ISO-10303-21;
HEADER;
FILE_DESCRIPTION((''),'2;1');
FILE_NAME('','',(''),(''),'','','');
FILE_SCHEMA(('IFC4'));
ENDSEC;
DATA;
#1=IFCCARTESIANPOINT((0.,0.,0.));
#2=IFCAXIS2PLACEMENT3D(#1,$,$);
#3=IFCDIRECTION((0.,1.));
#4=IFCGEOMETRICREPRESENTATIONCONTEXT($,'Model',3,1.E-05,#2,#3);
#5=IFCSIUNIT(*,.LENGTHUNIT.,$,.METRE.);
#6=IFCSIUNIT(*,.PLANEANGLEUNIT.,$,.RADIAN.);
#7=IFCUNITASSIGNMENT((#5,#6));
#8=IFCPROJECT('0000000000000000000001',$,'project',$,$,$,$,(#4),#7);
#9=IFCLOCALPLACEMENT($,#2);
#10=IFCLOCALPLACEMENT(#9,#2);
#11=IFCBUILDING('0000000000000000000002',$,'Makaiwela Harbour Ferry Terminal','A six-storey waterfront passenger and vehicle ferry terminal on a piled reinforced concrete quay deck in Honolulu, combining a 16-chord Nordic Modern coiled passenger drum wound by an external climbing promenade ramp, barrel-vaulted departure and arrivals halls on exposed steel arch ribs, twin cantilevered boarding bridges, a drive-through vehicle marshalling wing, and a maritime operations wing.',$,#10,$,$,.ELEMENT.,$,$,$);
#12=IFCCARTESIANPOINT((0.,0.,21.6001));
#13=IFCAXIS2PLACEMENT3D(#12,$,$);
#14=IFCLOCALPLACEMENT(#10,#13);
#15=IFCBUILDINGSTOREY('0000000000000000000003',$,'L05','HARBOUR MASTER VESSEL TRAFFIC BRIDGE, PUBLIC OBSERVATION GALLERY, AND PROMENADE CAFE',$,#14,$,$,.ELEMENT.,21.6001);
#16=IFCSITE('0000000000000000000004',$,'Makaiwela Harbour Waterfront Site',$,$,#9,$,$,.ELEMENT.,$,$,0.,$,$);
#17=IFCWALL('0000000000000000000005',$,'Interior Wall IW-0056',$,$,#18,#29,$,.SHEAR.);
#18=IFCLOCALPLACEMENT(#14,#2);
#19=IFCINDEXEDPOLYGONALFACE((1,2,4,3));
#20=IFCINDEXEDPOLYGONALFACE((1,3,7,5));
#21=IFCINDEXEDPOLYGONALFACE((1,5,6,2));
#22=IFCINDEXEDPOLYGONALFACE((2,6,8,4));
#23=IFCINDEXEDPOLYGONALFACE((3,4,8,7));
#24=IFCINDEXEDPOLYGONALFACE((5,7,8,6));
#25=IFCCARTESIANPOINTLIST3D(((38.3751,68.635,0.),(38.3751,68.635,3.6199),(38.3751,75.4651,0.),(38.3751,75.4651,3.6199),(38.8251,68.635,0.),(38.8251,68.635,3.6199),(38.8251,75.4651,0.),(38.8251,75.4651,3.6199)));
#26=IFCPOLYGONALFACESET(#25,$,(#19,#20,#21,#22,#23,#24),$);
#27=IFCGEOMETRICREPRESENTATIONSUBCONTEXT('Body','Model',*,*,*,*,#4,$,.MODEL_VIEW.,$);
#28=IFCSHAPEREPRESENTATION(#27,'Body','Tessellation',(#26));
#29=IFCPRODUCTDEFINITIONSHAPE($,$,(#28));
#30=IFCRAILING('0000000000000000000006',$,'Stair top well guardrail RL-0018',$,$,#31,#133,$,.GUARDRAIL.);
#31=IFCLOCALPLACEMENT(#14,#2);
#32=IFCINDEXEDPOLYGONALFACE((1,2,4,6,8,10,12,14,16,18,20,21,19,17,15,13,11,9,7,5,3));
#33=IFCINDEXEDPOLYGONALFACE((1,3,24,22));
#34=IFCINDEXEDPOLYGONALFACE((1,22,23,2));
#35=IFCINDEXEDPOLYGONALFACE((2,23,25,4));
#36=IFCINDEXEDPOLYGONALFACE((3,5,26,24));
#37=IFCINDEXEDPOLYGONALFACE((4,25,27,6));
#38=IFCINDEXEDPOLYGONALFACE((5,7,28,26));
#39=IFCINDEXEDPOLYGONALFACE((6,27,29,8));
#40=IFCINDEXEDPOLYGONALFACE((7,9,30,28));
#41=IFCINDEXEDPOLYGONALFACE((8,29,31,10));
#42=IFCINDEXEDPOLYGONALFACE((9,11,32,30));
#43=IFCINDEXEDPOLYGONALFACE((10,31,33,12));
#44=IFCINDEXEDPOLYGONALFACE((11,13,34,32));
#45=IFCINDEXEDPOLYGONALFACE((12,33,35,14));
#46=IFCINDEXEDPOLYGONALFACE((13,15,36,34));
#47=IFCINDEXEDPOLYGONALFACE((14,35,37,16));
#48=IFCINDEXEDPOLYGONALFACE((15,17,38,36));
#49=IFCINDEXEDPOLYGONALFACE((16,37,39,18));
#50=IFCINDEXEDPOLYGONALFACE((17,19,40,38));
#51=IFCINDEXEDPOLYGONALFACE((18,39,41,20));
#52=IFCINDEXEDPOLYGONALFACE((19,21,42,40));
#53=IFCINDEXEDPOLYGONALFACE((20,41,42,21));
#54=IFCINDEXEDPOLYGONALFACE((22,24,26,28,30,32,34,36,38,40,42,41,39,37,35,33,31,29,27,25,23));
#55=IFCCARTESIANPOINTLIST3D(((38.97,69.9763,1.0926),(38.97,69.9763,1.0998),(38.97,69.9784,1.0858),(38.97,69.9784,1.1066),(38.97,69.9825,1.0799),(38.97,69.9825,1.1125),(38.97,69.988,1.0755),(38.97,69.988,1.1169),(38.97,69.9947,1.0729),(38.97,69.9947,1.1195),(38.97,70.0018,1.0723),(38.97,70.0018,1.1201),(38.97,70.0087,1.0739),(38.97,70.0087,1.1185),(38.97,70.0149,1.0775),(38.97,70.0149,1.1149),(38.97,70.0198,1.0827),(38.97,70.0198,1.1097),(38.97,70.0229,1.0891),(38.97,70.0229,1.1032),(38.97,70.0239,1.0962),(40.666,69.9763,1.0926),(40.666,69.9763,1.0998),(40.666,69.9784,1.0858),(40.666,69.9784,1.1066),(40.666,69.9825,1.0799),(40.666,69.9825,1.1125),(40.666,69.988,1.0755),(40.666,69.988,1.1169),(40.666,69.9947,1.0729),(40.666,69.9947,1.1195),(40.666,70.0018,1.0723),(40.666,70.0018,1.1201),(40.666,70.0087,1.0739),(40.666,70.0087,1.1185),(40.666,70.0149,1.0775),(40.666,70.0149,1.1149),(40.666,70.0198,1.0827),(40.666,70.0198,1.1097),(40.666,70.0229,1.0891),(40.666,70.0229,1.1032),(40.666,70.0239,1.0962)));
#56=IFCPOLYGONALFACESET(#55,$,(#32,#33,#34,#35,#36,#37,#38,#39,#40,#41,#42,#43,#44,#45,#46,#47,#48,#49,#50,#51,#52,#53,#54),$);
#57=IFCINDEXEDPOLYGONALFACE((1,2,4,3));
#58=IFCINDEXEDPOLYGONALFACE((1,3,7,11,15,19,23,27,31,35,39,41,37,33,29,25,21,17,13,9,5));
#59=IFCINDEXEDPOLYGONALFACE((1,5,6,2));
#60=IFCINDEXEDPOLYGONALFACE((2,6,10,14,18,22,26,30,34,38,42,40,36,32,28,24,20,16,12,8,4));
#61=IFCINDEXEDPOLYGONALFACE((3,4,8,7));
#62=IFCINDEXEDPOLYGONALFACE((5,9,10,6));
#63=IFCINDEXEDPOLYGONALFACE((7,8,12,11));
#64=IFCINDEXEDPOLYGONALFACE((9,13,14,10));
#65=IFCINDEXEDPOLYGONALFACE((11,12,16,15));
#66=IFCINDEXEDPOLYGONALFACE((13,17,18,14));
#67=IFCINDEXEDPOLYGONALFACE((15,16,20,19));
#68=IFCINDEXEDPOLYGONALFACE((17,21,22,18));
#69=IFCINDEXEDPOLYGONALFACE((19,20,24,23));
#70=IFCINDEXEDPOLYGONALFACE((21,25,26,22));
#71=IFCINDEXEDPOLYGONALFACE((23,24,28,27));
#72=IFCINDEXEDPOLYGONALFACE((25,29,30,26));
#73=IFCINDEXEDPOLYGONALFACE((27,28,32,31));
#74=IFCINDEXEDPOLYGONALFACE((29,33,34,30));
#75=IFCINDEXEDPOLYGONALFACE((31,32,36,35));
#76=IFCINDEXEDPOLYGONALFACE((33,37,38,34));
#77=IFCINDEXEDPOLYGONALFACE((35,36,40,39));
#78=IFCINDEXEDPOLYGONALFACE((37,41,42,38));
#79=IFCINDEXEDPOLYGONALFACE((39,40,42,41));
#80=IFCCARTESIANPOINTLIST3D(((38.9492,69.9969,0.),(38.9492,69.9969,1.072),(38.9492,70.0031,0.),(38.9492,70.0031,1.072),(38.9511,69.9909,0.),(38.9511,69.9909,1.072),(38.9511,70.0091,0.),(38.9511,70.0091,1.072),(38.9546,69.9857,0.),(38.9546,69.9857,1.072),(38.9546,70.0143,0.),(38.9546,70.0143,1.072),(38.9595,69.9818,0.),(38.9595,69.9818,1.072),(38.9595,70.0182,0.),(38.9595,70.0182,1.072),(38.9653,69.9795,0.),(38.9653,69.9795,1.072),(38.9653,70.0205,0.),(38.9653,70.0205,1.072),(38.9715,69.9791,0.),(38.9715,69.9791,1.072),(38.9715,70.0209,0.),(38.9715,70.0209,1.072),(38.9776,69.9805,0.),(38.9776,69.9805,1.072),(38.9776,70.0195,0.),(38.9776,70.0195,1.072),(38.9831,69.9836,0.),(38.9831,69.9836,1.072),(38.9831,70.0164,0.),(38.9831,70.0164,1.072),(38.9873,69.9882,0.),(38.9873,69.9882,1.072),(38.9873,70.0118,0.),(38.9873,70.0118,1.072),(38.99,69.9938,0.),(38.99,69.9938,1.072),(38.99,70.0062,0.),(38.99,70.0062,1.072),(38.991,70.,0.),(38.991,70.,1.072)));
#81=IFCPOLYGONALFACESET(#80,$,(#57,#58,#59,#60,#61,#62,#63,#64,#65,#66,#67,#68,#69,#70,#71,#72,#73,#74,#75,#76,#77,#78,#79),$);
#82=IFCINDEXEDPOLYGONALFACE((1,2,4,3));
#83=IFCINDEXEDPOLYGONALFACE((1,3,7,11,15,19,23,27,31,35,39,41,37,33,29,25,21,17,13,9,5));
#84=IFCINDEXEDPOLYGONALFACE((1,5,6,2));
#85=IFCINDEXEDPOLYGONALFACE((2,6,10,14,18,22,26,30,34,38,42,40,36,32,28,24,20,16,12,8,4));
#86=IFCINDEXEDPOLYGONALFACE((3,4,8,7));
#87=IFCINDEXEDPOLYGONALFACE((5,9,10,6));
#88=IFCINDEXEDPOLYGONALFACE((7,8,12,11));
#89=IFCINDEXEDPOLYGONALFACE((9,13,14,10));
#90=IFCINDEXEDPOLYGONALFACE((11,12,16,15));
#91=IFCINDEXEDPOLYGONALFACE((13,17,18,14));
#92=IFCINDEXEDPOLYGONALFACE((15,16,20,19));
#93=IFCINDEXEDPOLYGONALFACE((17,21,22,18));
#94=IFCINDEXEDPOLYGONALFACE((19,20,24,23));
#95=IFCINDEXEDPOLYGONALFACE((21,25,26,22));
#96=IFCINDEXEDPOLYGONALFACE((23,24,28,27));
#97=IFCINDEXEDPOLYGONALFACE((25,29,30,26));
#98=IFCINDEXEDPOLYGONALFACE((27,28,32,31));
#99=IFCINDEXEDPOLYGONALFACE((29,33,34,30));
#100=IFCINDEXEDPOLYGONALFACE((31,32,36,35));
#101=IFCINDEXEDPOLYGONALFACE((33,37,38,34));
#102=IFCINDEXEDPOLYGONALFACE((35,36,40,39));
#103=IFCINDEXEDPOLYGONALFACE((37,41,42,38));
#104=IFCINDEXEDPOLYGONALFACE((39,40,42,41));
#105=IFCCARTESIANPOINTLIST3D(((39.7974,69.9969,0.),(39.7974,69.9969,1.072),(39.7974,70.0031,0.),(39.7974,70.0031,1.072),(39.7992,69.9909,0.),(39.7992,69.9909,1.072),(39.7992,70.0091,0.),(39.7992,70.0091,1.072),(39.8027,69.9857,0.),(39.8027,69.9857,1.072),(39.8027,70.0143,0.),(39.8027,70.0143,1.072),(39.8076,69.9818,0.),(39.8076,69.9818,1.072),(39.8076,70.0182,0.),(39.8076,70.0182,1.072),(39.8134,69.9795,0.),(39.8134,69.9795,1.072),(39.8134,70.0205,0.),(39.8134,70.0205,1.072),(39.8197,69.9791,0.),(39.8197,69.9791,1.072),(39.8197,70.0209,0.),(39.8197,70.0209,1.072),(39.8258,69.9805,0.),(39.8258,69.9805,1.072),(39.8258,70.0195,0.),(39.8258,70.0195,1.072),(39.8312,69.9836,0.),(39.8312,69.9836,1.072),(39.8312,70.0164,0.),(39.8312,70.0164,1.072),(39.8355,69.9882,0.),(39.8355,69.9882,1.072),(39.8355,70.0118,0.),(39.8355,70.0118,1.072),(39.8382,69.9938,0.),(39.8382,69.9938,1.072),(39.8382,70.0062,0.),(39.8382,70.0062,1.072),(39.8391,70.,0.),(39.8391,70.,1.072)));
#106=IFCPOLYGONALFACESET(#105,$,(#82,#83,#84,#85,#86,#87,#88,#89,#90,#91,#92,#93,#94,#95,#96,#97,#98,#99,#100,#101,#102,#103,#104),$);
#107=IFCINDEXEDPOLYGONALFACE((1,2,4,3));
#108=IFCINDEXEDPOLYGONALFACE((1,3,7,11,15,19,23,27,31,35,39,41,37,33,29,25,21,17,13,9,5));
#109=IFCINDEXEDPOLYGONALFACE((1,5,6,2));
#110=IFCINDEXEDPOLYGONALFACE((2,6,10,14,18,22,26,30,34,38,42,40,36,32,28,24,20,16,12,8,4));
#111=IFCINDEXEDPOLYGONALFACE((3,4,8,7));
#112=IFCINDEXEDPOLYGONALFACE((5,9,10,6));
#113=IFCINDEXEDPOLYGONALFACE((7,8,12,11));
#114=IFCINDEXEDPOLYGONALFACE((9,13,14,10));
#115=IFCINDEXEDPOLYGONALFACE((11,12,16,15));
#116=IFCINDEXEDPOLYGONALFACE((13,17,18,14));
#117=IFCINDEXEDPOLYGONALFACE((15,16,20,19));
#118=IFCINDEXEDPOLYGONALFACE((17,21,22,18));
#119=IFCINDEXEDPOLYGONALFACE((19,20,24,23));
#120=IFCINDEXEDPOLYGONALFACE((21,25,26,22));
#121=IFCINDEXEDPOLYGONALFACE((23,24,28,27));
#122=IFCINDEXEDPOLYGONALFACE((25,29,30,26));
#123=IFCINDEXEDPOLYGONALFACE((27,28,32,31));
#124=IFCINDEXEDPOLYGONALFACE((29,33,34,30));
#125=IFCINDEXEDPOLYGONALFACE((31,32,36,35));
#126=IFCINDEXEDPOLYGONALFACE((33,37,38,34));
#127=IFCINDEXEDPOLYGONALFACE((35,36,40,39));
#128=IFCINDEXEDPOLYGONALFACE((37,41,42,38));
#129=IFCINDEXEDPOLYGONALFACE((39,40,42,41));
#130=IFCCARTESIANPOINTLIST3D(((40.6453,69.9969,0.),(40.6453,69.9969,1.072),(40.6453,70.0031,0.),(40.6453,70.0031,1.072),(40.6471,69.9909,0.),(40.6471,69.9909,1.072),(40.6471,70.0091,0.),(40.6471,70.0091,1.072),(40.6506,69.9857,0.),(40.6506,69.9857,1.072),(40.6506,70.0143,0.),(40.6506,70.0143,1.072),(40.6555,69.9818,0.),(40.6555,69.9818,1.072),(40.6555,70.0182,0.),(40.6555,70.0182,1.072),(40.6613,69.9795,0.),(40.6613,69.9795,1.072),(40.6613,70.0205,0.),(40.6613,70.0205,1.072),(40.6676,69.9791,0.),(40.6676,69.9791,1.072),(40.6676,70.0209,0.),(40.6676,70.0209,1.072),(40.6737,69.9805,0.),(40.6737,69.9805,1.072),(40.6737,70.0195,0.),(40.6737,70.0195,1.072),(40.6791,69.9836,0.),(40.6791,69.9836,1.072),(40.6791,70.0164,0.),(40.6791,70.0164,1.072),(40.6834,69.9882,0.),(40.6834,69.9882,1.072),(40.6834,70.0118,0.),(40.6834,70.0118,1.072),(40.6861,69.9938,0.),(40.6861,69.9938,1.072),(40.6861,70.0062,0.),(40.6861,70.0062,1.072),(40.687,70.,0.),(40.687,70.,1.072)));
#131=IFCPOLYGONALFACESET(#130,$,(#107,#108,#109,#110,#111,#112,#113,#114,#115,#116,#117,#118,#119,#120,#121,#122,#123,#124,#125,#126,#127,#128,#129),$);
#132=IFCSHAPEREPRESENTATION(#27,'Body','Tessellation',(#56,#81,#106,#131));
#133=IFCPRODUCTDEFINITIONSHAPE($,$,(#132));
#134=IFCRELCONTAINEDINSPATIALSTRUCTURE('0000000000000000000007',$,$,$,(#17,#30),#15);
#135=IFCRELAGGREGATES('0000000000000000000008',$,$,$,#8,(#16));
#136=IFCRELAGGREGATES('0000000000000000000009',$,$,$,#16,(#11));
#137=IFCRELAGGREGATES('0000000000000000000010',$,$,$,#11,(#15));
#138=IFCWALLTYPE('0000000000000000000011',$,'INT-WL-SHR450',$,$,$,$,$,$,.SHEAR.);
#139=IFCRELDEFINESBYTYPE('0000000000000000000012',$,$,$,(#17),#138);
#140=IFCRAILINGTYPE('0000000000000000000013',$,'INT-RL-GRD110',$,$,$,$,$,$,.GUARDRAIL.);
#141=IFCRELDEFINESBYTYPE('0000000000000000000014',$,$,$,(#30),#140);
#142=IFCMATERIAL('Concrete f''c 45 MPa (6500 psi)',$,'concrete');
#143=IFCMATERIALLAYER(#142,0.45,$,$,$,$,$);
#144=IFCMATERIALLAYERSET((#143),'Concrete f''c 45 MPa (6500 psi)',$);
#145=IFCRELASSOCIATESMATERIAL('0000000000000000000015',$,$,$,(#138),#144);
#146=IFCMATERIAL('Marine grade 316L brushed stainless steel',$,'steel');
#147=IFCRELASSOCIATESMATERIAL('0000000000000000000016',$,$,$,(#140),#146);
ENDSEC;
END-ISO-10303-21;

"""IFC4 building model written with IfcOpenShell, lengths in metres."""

from ifc_helpers import new_model, si_unit, direction, frame, frame_2d, origin, origin_2d, place, context, subcontext, project, spatial, rectangle, circle, extrude, material, layer, layer_set, type_object, element, save


model = new_model("IFC4")

# Units and contexts
model_context = context("Model", 3, precision=1e-05, world=origin(), true_north=direction((0.0, 1.0)))
body_context = subcontext(model_context, "Body", "Model", "MODEL_VIEW")
ifc_project = project(units=[si_unit("LENGTHUNIT", "METRE"), si_unit("PLANEANGLEUNIT", "RADIAN")], contexts=[model_context])

# Site, building, storey
site_placement = place(None, origin())
site = spatial("IfcSite", under=ifc_project, at=site_placement, Name="Makaiwela Harbour Waterfront Site", CompositionType="ELEMENT", RefElevation=0.0)
building_placement = place(site_placement, origin())
building = spatial("IfcBuilding", under=site, at=building_placement, Name="Makaiwela Harbour Ferry Terminal", Description="A six-storey waterfront passenger and vehicle ferry terminal on a piled reinforced concrete quay deck in Honolulu, combining a 16-chord Nordic Modern coiled passenger drum wound by an external climbing promenade ramp, barrel-vaulted departure and arrivals halls on exposed steel arch ribs, twin cantilevered boarding bridges, a drive-through vehicle marshalling wing, and a maritime operations wing.", CompositionType="ELEMENT")
storey_placement = place(building_placement, frame((0.0, 0.0, 21.6001)))
storey = spatial("IfcBuildingStorey", under=building, at=storey_placement, Name="L05", Description="HARBOUR MASTER VESSEL TRAFFIC BRIDGE, PUBLIC OBSERVATION GALLERY, AND PROMENADE CAFE", CompositionType="ELEMENT", Elevation=21.6001)

# Shared definitions
ifc_material_1 = material(Name="Concrete f'c 45 MPa (6500 psi)", Category="concrete")

# Shared definitions
ifc_layer_1 = layer(ifc_material_1, 0.45)
ifc_layer_set_1 = layer_set([ifc_layer_1], Name="Concrete f'c 45 MPa (6500 psi)")
wall_type_1 = type_object("IfcWallType", Name="INT-WL-SHR450", PredefinedType="SHEAR", material=ifc_layer_set_1)
ifc_material_2 = material(Name="Marine grade 316L brushed stainless steel", Category="steel")

# Wall
wall_1_placement = place(storey_placement, frame((38.6001, 68.635, 0.0), z_axis=(0.0, 0.0, 1.0), x_axis=(0.0, 1.0, 0.0)))
element("IfcWall", 1, at=wall_1_placement, inside=storey, type_object=wall_type_1, Name="Interior Wall IW-0056", PredefinedType="SHEAR", context=body_context, shape_type="SweptSolid", body=[
    extrude(rectangle(XDim=6.8301, YDim=0.45, at=frame_2d((3.415, 0.0))), origin(), (0.0, 0.0, 1.0), 3.6199),
])

# Railing
railing_type = type_object("IfcRailingType", Name="INT-RL-GRD110", PredefinedType="GUARDRAIL", material=ifc_material_2)
railing_placement = place(storey_placement, frame((38.97, 70.0, 0.0)))
element("IfcRailing", 2, at=railing_placement, inside=storey, type_object=railing_type, Name="Stair top well guardrail RL-0018", PredefinedType="GUARDRAIL", context=body_context, shape_type="SweptSolid", body=[
    extrude(circle(Radius=0.0239, at=origin_2d()), frame((0.0, 0.0, 1.0962), z_axis=(1.0, 0.0, 0.0), x_axis=(0.0, 1.0, 0.0)), (0.0, 0.0, 1.0), 1.696),
    extrude(circle(Radius=0.021, at=origin_2d()), origin(), (0.0, 0.0, 1.0), 1.072),
    extrude(circle(Radius=0.021, at=origin_2d()), frame((0.8481, 0.0, 0.0)), (0.0, 0.0, 1.0), 1.072),
    extrude(circle(Radius=0.021, at=origin_2d()), frame((1.696, 0.0, 0.0)), (0.0, 0.0, 1.0), 1.072),
])

save(model, "model.ifc")
